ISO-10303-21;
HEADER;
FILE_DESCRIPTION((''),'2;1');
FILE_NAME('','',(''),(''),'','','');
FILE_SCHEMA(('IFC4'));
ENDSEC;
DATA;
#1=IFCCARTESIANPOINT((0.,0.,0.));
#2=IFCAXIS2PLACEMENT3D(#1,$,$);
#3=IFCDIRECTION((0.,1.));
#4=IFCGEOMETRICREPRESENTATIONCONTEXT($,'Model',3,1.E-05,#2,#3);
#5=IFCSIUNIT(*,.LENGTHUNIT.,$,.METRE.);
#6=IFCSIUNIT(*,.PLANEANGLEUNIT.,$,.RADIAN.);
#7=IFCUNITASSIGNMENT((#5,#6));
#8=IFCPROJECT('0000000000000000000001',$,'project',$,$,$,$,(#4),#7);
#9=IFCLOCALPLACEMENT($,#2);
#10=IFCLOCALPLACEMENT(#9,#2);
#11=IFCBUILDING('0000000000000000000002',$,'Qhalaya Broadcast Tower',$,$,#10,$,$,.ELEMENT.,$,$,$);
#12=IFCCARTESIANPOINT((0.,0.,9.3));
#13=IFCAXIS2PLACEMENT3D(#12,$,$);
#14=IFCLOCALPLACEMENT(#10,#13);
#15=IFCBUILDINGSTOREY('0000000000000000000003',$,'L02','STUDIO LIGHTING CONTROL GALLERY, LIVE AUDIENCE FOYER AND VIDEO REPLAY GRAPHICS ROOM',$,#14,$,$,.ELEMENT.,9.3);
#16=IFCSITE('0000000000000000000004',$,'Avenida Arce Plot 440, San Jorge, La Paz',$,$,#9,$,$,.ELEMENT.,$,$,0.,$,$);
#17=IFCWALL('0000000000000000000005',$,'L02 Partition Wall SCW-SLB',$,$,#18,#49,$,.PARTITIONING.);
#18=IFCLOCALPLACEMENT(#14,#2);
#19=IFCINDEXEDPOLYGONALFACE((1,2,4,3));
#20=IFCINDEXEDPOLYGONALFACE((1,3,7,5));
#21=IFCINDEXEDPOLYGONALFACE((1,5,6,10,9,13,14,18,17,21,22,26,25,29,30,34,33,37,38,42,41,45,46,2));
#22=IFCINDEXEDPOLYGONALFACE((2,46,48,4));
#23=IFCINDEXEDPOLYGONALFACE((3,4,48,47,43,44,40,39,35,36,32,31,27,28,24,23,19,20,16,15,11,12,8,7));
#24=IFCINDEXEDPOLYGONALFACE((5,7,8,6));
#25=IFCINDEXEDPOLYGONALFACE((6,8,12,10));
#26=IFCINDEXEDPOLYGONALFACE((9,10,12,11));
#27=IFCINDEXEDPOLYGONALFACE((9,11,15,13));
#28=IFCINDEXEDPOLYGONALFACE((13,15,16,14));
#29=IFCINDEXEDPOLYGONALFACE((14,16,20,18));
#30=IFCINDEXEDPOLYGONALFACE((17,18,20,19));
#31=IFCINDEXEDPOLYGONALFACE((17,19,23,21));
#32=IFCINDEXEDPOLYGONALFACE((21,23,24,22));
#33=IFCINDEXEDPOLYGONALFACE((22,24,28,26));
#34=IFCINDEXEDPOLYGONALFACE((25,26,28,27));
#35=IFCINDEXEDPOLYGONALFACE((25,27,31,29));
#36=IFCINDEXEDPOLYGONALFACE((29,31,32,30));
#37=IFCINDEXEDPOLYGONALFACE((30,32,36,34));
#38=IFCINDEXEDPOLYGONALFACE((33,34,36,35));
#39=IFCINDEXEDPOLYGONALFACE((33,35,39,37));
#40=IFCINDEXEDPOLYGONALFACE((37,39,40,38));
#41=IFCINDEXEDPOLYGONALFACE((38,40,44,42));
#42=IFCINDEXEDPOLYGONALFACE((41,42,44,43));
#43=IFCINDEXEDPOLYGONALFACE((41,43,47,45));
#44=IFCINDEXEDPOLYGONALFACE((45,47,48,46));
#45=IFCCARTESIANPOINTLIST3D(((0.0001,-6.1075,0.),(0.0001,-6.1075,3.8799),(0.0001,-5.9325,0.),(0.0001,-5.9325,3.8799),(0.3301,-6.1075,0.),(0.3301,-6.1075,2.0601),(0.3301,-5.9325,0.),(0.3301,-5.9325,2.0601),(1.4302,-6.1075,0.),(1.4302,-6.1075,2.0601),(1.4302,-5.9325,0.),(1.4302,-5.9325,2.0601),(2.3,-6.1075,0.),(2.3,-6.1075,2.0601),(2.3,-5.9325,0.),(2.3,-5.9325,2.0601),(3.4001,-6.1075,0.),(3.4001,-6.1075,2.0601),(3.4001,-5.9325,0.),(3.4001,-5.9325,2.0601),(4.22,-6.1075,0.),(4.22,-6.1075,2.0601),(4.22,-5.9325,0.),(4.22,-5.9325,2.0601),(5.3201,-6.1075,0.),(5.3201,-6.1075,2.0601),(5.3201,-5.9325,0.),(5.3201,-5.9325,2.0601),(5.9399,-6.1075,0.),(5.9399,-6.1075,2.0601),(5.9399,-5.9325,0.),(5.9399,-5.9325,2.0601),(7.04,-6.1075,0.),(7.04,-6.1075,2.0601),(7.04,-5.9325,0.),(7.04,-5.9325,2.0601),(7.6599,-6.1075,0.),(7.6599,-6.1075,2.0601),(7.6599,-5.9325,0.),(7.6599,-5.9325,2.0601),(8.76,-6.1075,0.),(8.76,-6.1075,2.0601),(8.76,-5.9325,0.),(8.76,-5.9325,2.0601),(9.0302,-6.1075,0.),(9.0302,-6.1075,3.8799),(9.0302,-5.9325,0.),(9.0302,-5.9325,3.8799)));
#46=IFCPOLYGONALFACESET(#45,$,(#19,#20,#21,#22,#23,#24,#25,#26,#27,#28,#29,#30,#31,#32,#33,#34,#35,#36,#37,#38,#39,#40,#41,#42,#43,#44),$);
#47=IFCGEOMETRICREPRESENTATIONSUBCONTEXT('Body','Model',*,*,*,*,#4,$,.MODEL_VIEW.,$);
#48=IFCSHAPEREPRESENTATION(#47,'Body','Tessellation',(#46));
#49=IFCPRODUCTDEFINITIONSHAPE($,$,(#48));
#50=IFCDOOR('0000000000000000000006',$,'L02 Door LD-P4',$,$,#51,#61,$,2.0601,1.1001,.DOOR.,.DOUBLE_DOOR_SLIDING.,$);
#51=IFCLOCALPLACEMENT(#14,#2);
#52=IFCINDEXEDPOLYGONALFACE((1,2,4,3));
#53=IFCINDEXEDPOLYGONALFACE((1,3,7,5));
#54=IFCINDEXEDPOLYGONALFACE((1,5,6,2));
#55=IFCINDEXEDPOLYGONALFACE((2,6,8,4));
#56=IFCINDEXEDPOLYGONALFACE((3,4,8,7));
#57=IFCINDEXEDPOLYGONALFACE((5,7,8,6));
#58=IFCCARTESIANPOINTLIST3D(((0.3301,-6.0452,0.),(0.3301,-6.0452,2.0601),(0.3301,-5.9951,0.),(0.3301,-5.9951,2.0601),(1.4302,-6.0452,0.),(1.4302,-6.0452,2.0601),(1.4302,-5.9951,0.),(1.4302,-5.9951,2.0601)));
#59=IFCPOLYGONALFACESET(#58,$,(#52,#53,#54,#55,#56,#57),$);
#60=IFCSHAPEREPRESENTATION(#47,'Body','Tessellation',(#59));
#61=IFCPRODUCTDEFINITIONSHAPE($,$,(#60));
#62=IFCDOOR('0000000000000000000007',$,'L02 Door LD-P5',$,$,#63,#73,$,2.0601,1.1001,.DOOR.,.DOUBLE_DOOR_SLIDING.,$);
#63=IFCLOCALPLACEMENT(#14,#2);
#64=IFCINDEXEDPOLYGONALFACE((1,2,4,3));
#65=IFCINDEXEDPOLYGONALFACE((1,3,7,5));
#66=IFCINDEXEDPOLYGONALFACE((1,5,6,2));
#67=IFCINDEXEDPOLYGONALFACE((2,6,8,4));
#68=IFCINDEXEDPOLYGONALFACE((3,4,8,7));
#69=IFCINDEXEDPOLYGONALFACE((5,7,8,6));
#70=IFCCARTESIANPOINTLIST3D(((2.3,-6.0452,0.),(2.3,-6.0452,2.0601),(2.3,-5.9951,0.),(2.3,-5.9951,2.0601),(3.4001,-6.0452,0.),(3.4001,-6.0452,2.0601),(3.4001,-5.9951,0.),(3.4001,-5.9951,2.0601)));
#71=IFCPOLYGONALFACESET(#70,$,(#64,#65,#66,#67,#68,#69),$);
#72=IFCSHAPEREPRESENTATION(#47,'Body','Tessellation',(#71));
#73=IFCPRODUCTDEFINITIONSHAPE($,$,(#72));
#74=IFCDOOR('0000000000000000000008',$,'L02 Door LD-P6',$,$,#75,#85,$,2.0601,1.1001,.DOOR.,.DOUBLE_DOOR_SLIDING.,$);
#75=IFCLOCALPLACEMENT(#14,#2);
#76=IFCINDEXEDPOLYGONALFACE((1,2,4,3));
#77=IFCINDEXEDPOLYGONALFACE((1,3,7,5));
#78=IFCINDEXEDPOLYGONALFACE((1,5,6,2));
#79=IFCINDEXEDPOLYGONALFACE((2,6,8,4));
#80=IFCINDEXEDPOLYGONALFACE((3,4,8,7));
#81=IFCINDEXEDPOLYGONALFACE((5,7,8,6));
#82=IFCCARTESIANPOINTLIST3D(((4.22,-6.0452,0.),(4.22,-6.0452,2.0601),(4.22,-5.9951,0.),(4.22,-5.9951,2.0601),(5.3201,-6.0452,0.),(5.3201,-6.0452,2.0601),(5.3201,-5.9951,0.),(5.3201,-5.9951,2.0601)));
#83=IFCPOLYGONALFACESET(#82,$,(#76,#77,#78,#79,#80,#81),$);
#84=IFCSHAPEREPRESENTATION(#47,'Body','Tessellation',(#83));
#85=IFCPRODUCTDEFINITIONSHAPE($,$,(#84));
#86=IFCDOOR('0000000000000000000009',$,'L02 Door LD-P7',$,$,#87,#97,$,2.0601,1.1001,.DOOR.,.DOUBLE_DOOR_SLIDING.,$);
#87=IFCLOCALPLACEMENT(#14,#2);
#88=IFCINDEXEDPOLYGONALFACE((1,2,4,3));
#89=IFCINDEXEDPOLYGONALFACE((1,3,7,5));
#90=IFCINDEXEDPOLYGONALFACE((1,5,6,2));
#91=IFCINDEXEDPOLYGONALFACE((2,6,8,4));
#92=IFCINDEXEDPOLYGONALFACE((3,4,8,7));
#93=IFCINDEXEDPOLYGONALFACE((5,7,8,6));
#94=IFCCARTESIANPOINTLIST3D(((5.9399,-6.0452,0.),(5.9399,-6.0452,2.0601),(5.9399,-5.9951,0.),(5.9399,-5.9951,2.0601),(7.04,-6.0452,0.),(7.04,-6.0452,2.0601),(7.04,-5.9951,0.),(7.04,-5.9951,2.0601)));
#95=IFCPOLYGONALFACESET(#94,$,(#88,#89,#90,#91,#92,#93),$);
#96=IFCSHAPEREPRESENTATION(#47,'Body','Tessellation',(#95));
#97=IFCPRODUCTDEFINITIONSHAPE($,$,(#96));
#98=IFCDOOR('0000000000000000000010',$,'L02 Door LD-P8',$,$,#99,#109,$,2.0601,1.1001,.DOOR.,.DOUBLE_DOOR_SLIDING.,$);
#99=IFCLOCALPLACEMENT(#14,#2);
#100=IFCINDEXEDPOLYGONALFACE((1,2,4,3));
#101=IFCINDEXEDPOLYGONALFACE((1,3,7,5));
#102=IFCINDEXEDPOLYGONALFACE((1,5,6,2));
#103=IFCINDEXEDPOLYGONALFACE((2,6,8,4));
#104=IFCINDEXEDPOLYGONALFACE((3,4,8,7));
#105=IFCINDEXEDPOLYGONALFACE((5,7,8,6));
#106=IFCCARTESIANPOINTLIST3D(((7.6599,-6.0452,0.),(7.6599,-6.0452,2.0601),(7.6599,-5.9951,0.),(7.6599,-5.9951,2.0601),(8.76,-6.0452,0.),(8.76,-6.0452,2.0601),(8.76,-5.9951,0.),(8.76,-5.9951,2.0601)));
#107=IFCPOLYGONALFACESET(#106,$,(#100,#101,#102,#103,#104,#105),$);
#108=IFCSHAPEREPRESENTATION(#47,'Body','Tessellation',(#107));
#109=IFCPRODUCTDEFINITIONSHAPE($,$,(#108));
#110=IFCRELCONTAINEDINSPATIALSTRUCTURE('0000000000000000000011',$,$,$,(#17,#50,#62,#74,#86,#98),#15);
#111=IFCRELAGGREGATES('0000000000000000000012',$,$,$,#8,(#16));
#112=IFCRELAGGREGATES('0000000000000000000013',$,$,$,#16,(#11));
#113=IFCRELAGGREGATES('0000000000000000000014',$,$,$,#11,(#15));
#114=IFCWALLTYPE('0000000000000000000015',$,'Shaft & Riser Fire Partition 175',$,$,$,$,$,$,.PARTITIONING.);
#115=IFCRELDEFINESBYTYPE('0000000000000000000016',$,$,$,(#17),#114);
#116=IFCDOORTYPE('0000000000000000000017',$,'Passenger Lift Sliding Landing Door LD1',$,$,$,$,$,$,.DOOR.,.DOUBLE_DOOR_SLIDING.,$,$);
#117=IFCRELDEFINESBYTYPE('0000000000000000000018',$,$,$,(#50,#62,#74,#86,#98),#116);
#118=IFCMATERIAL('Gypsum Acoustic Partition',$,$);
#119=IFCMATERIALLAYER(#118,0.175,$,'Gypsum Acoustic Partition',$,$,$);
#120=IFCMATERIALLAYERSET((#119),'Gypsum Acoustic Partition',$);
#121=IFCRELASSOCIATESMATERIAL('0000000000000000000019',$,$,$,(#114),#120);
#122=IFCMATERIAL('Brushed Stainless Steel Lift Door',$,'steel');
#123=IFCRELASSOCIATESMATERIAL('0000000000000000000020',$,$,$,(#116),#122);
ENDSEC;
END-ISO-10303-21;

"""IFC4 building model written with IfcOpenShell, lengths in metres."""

from ifc_helpers import new_model, si_unit, direction, frame, frame_2d, origin, place, context, subcontext, project, spatial, rectangle, extrude, material, layer, layer_set, type_object, element, fill, save


model = new_model("IFC4")

# Units and contexts
model_context = context("Model", 3, precision=1e-05, world=origin(), true_north=direction((0.0, 1.0)))
body_context = subcontext(model_context, "Body", "Model", "MODEL_VIEW")
ifc_project = project(units=[si_unit("LENGTHUNIT", "METRE"), si_unit("PLANEANGLEUNIT", "RADIAN")], contexts=[model_context])

# Site, building, storey
site_placement = place(None, origin())
site = spatial("IfcSite", under=ifc_project, at=site_placement, Name="Avenida Arce Plot 440, San Jorge, La Paz", CompositionType="ELEMENT", RefElevation=0.0)
building_placement = place(site_placement, origin())
building = spatial("IfcBuilding", under=site, at=building_placement, Name="Qhalaya Broadcast Tower", CompositionType="ELEMENT")
storey_placement = place(building_placement, frame((0.0, 0.0, 9.3)))
storey = spatial("IfcBuildingStorey", under=building, at=storey_placement, Name="L02", Description="STUDIO LIGHTING CONTROL GALLERY, LIVE AUDIENCE FOYER AND VIDEO REPLAY GRAPHICS ROOM", CompositionType="ELEMENT", Elevation=9.3)

# Shared definitions
ifc_material_1 = material(Name="Gypsum Acoustic Partition")

# Shared definitions
ifc_material_2 = material(Name="Brushed Stainless Steel Lift Door", Category="steel")

# Shared definitions
ifc_layer_1 = layer(ifc_material_1, 0.175, Name="Gypsum Acoustic Partition")
ifc_layer_set_1 = layer_set([ifc_layer_1], Name="Gypsum Acoustic Partition")
wall_type_1 = type_object("IfcWallType", Name="Shaft & Riser Fire Partition 175", PredefinedType="PARTITIONING", material=ifc_layer_set_1)

# Wall, openings, doors
wall_1_placement = place(storey_placement, frame((0.0, -6.02, 0.0), z_axis=(0.0, 0.0, 1.0), x_axis=(1.0, 0.0, 0.0)))
wall_1 = element("IfcWall", 1, at=wall_1_placement, inside=storey, type_object=wall_type_1, Name="L02 Partition Wall SCW-SLB", PredefinedType="PARTITIONING", context=body_context, shape_type="SweptSolid", body=[
    extrude(rectangle(XDim=9.03, YDim=0.175, at=frame_2d((4.5151, 0.0))), origin(), (0.0, 0.0, 1.0), 3.8799),
])
opening_1_placement = place(wall_1_placement, frame((0.3301, 0.0, 0.0)))
opening_1 = element("IfcOpeningElement", 2, at=opening_1_placement, cuts=wall_1, PredefinedType="OPENING", context=body_context, shape_type="SweptSolid", body=[
    extrude(rectangle(XDim=1.1001, YDim=2.0601, at=frame_2d((0.55, 1.03))), frame((0.0, 0.0996, 0.0), z_axis=(0.0, -1.0, 0.0), x_axis=(1.0, 0.0, 0.0)), (0.0, 0.0, 1.0), 0.199),
])
opening_2_placement = place(wall_1_placement, frame((2.3, 0.0, 0.0)))
opening_2 = element("IfcOpeningElement", 3, at=opening_2_placement, cuts=wall_1, PredefinedType="OPENING", context=body_context, shape_type="SweptSolid", body=[
    extrude(rectangle(XDim=1.1001, YDim=2.0601, at=frame_2d((0.55, 1.03))), frame((0.0, 0.0996, 0.0), z_axis=(0.0, -1.0, 0.0), x_axis=(1.0, 0.0, 0.0)), (0.0, 0.0, 1.0), 0.199),
])
opening_3_placement = place(wall_1_placement, frame((4.22, 0.0, 0.0)))
opening_3 = element("IfcOpeningElement", 4, at=opening_3_placement, cuts=wall_1, PredefinedType="OPENING", context=body_context, shape_type="SweptSolid", body=[
    extrude(rectangle(XDim=1.1001, YDim=2.0601, at=frame_2d((0.55, 1.03))), frame((0.0, 0.0996, 0.0), z_axis=(0.0, -1.0, 0.0), x_axis=(1.0, 0.0, 0.0)), (0.0, 0.0, 1.0), 0.199),
])
opening_4_placement = place(wall_1_placement, frame((5.9399, 0.0, 0.0)))
opening_4 = element("IfcOpeningElement", 5, at=opening_4_placement, cuts=wall_1, PredefinedType="OPENING", context=body_context, shape_type="SweptSolid", body=[
    extrude(rectangle(XDim=1.1001, YDim=2.0601, at=frame_2d((0.55, 1.03))), frame((0.0, 0.0996, 0.0), z_axis=(0.0, -1.0, 0.0), x_axis=(1.0, 0.0, 0.0)), (0.0, 0.0, 1.0), 0.199),
])
opening_5_placement = place(wall_1_placement, frame((7.6599, 0.0, 0.0)))
opening_5 = element("IfcOpeningElement", 6, at=opening_5_placement, cuts=wall_1, PredefinedType="OPENING", context=body_context, shape_type="SweptSolid", body=[
    extrude(rectangle(XDim=1.1001, YDim=2.0601, at=frame_2d((0.55, 1.03))), frame((0.0, 0.0996, 0.0), z_axis=(0.0, -1.0, 0.0), x_axis=(1.0, 0.0, 0.0)), (0.0, 0.0, 1.0), 0.199),
])
door_type_1 = type_object("IfcDoorType", Name="Passenger Lift Sliding Landing Door LD1", OperationType="DOUBLE_DOOR_SLIDING", PredefinedType="DOOR", material=ifc_material_2)
door_1_placement = place(opening_1_placement, origin())
door_1 = element("IfcDoor", 7, at=door_1_placement, inside=storey, type_object=door_type_1, Name="L02 Door LD-P4", OperationType="DOUBLE_DOOR_SLIDING", OverallHeight=2.0601, OverallWidth=1.1001, PredefinedType="DOOR", context=body_context, shape_type="SweptSolid", body=[
    extrude(rectangle(XDim=1.1001, YDim=2.0601, at=frame_2d((0.55, 1.03))), frame((0.0, 0.0249, 0.0), z_axis=(0.0, -1.0, 0.0), x_axis=(1.0, 0.0, 0.0)), (0.0, 0.0, 1.0), 0.05),
])
fill(opening_1, door_1)
door_2_placement = place(opening_2_placement, origin())
door_2 = element("IfcDoor", 8, at=door_2_placement, inside=storey, type_object=door_type_1, Name="L02 Door LD-P5", OperationType="DOUBLE_DOOR_SLIDING", OverallHeight=2.0601, OverallWidth=1.1001, PredefinedType="DOOR", context=body_context, shape_type="SweptSolid", body=[
    extrude(rectangle(XDim=1.1001, YDim=2.0601, at=frame_2d((0.55, 1.03))), frame((0.0, 0.0249, 0.0), z_axis=(0.0, -1.0, 0.0), x_axis=(1.0, 0.0, 0.0)), (0.0, 0.0, 1.0), 0.05),
])
fill(opening_2, door_2)
door_3_placement = place(opening_3_placement, origin())
door_3 = element("IfcDoor", 9, at=door_3_placement, inside=storey, type_object=door_type_1, Name="L02 Door LD-P6", OperationType="DOUBLE_DOOR_SLIDING", OverallHeight=2.0601, OverallWidth=1.1001, PredefinedType="DOOR", context=body_context, shape_type="SweptSolid", body=[
    extrude(rectangle(XDim=1.1001, YDim=2.0601, at=frame_2d((0.55, 1.03))), frame((0.0, 0.0249, 0.0), z_axis=(0.0, -1.0, 0.0), x_axis=(1.0, 0.0, 0.0)), (0.0, 0.0, 1.0), 0.05),
])
fill(opening_3, door_3)
door_4_placement = place(opening_4_placement, origin())
door_4 = element("IfcDoor", 10, at=door_4_placement, inside=storey, type_object=door_type_1, Name="L02 Door LD-P7", OperationType="DOUBLE_DOOR_SLIDING", OverallHeight=2.0601, OverallWidth=1.1001, PredefinedType="DOOR", context=body_context, shape_type="SweptSolid", body=[
    extrude(rectangle(XDim=1.1001, YDim=2.0601, at=frame_2d((0.55, 1.03))), frame((0.0, 0.0249, 0.0), z_axis=(0.0, -1.0, 0.0), x_axis=(1.0, 0.0, 0.0)), (0.0, 0.0, 1.0), 0.05),
])
fill(opening_4, door_4)
door_5_placement = place(opening_5_placement, origin())
door_5 = element("IfcDoor", 11, at=door_5_placement, inside=storey, type_object=door_type_1, Name="L02 Door LD-P8", OperationType="DOUBLE_DOOR_SLIDING", OverallHeight=2.0601, OverallWidth=1.1001, PredefinedType="DOOR", context=body_context, shape_type="SweptSolid", body=[
    extrude(rectangle(XDim=1.1001, YDim=2.0601, at=frame_2d((0.55, 1.03))), frame((0.0, 0.0249, 0.0), z_axis=(0.0, -1.0, 0.0), x_axis=(1.0, 0.0, 0.0)), (0.0, 0.0, 1.0), 0.05),
])
fill(opening_5, door_5)

save(model, "model.ifc")
